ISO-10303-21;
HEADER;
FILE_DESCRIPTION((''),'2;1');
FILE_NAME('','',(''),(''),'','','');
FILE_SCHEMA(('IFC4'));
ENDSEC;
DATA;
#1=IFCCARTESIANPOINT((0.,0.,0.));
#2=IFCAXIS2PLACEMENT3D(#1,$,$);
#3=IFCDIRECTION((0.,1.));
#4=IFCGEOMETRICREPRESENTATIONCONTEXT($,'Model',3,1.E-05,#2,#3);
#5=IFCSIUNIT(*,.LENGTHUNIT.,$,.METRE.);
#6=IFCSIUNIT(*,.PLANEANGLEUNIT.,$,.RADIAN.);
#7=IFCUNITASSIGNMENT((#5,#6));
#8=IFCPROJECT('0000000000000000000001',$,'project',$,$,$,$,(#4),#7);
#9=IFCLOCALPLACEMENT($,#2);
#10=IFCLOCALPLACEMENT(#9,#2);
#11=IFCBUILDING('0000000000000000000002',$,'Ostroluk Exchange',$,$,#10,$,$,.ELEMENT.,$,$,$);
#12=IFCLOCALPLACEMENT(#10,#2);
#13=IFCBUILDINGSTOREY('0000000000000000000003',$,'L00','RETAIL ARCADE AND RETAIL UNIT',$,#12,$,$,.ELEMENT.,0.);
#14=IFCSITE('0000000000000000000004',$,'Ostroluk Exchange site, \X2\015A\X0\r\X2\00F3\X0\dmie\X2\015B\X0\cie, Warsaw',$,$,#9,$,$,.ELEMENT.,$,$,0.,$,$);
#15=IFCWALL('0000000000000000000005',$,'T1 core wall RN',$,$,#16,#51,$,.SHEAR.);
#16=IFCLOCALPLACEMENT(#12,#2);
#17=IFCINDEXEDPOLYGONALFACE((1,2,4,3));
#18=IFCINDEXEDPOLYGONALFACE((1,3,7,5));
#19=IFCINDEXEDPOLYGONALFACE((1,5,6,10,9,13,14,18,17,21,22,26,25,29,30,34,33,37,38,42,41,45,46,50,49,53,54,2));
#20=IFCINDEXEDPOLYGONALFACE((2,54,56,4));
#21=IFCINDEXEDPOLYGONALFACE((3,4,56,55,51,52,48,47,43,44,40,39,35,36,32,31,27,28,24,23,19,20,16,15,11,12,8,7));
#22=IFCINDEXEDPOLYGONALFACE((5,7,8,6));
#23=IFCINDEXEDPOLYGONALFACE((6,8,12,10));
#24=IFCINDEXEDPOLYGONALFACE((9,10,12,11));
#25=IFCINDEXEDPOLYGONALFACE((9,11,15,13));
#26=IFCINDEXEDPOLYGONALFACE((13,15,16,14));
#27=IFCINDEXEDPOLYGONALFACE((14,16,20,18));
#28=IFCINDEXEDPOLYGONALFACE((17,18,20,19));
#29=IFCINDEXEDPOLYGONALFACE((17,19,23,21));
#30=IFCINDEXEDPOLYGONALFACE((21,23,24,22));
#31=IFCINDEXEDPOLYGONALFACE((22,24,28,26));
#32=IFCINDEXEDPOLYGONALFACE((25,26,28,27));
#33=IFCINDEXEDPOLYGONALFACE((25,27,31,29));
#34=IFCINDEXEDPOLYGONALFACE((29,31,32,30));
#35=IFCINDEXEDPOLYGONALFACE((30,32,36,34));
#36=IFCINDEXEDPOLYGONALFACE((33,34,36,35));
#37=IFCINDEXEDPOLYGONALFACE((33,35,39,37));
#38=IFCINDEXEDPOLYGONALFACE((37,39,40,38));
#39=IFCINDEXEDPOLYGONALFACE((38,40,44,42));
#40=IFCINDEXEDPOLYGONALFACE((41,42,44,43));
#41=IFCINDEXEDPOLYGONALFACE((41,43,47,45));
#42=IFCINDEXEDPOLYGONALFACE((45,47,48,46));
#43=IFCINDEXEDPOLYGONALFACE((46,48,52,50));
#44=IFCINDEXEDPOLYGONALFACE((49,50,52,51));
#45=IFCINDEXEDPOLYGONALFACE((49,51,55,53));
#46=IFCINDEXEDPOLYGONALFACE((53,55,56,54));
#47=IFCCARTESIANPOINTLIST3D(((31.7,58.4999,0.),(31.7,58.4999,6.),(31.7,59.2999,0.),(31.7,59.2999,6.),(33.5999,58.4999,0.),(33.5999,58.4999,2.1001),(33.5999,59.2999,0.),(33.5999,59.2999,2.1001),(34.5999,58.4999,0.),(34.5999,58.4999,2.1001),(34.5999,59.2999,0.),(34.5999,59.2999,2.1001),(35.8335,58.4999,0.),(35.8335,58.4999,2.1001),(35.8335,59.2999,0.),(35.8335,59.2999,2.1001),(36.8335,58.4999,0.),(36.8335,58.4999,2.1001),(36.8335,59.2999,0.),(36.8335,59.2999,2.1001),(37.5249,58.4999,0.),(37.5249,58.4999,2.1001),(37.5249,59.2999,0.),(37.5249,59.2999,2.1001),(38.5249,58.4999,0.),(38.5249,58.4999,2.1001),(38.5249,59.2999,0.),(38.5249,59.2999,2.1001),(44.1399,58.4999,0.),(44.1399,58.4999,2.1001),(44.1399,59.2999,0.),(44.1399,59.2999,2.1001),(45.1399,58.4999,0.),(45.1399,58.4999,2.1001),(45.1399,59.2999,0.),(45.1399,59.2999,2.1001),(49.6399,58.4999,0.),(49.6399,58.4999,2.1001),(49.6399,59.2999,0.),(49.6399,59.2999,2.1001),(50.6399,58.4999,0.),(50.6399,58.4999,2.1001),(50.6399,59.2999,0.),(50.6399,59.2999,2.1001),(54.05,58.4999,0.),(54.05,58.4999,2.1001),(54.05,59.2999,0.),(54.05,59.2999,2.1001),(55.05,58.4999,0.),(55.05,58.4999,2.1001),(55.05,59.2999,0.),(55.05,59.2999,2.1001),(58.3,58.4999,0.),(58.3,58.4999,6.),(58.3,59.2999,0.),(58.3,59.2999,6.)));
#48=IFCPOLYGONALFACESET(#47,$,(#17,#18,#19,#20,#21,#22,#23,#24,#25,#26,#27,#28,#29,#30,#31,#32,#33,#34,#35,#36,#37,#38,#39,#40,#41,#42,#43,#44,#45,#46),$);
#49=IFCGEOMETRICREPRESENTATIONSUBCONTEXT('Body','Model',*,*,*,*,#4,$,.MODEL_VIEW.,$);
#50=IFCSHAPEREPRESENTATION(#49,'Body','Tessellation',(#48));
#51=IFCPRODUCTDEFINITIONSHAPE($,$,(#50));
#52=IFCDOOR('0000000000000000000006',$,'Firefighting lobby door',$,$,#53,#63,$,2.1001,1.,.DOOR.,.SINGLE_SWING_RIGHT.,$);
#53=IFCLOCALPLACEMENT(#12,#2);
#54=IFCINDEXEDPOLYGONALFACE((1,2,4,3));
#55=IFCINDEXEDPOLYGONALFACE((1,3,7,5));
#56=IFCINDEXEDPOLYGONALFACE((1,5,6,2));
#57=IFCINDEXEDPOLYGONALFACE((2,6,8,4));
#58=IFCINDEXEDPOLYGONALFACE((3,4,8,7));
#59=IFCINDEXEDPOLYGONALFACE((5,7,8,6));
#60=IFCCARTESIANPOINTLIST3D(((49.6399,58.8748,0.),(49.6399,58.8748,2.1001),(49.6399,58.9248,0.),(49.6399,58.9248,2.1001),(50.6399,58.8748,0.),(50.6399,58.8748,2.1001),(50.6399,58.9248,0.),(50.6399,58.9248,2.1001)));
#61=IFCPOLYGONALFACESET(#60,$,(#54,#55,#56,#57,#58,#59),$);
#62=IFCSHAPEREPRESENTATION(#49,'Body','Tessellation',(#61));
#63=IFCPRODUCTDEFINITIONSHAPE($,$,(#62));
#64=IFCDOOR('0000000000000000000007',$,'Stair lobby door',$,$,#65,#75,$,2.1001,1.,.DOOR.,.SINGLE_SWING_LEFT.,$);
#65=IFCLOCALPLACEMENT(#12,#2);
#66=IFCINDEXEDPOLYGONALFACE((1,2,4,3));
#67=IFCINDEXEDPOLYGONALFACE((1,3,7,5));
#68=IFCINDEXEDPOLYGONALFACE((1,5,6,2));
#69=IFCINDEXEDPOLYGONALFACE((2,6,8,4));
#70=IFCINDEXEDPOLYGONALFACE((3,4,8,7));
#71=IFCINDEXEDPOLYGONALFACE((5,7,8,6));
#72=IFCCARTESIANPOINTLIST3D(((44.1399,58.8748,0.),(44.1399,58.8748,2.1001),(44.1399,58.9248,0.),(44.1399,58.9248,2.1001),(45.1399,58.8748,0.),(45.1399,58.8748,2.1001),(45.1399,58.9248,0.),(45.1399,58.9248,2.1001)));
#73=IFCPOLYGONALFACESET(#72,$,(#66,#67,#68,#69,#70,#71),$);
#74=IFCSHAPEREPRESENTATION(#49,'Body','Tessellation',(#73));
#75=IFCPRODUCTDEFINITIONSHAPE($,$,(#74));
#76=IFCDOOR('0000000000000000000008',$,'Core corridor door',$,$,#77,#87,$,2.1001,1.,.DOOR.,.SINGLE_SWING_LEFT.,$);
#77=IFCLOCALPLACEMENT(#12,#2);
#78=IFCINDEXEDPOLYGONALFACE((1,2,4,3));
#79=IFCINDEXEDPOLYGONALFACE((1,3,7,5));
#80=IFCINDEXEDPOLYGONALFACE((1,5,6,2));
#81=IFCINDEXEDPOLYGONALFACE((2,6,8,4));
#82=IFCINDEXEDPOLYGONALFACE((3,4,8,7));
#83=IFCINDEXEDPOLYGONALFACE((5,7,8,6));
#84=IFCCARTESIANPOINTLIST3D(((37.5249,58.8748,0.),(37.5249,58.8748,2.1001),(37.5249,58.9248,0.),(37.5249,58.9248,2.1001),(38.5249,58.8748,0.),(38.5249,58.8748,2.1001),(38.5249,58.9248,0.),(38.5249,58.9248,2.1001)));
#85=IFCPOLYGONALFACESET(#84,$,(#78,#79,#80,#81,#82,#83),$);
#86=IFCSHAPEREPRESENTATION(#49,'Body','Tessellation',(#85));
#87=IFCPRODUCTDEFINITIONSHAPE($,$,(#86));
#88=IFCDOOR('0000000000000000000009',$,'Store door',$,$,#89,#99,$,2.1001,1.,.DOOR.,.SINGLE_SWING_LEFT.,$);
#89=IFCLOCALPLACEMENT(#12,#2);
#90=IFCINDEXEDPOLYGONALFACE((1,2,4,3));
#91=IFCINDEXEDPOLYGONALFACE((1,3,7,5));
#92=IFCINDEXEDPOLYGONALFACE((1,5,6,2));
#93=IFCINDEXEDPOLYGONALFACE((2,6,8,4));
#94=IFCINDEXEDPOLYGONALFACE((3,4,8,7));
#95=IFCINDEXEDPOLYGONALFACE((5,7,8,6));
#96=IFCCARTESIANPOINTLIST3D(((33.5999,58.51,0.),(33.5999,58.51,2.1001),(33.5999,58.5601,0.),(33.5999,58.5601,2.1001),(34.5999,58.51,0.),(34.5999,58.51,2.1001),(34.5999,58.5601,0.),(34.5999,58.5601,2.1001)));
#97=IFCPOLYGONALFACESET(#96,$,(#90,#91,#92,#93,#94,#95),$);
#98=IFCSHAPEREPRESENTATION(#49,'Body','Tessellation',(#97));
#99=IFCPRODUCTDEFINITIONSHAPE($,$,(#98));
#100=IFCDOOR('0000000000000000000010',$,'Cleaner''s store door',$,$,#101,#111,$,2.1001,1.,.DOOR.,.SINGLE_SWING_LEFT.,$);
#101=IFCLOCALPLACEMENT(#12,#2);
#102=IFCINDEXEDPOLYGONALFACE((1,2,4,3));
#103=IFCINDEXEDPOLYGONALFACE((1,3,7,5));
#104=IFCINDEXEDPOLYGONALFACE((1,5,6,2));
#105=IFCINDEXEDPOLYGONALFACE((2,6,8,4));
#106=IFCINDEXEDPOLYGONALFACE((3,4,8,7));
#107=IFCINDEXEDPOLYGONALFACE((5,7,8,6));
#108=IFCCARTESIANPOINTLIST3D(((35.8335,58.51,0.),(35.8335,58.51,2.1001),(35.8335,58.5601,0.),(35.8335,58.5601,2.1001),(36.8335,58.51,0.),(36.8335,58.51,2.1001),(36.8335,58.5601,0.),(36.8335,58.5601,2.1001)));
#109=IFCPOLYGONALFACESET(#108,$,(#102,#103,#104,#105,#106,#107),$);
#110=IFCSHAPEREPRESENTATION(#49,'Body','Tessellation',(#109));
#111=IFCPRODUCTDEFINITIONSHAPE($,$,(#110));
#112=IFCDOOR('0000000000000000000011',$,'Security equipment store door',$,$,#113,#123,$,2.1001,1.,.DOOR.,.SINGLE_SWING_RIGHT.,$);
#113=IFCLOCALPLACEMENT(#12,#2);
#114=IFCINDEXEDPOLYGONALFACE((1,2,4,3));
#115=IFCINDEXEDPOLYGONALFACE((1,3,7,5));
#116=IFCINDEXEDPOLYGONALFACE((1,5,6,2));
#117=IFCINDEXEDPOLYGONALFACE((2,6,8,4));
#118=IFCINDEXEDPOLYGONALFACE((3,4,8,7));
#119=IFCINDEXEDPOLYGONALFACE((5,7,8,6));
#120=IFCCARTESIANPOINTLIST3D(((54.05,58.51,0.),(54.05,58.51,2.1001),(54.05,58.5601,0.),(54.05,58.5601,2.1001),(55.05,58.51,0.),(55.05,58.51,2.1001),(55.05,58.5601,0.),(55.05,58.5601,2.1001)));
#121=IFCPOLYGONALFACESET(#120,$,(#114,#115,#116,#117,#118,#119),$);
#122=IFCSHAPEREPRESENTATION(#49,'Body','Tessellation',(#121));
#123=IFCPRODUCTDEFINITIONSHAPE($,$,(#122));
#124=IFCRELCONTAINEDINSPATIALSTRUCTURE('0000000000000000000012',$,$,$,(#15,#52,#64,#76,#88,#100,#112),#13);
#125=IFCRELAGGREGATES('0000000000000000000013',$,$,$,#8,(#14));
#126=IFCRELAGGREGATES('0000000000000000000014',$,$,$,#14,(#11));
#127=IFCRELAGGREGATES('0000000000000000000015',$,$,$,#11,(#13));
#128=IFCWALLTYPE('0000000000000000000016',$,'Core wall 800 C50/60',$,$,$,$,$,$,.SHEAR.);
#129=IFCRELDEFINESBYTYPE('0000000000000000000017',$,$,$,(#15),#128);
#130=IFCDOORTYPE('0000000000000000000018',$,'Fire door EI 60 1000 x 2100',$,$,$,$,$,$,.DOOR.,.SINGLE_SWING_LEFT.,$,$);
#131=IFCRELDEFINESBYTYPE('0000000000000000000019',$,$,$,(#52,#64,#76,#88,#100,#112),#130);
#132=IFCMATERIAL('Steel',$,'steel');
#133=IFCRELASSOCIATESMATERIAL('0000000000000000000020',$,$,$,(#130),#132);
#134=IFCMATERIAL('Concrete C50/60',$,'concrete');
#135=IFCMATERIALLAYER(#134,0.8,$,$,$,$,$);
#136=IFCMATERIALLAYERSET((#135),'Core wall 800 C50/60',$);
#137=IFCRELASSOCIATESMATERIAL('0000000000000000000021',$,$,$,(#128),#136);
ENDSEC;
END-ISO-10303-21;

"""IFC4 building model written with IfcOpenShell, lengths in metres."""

from ifc_helpers import new_model, si_unit, direction, frame, frame_2d, origin, place, context, subcontext, project, spatial, rectangle, extrude, material, layer, layer_set, type_object, element, fill, save


model = new_model("IFC4")

# Units and contexts
model_context = context("Model", 3, precision=1e-05, world=origin(), true_north=direction((0.0, 1.0)))
body_context = subcontext(model_context, "Body", "Model", "MODEL_VIEW")
ifc_project = project(units=[si_unit("LENGTHUNIT", "METRE"), si_unit("PLANEANGLEUNIT", "RADIAN")], contexts=[model_context])

# Site, building, storey
site_placement = place(None, origin())
site = spatial("IfcSite", under=ifc_project, at=site_placement, Name="Ostroluk Exchange site, Śródmieście, Warsaw", CompositionType="ELEMENT", RefElevation=0.0)
building_placement = place(site_placement, origin())
building = spatial("IfcBuilding", under=site, at=building_placement, Name="Ostroluk Exchange", CompositionType="ELEMENT")
storey_placement = place(building_placement, origin())
storey = spatial("IfcBuildingStorey", under=building, at=storey_placement, Name="L00", Description="RETAIL ARCADE AND RETAIL UNIT", CompositionType="ELEMENT", Elevation=0.0)

# Wall, openings, doors
ifc_material_1 = material(Name="Steel", Category="steel")
door_type = type_object("IfcDoorType", Name="Fire door EI 60 1000 x 2100", OperationType="SINGLE_SWING_LEFT", PredefinedType="DOOR", material=ifc_material_1)
ifc_material_2 = material(Name="Concrete C50/60", Category="concrete")
ifc_layer_1 = layer(ifc_material_2, 0.8)
ifc_layer_set_1 = layer_set([ifc_layer_1], Name="Core wall 800 C50/60")
wall_type_1 = type_object("IfcWallType", Name="Core wall 800 C50/60", PredefinedType="SHEAR", material=ifc_layer_set_1)
wall_1_placement = place(storey_placement, frame((31.7, 58.8999, 0.0), z_axis=(0.0, 0.0, 1.0), x_axis=(1.0, 0.0, 0.0)))
wall_1 = element("IfcWall", 1, at=wall_1_placement, inside=storey, type_object=wall_type_1, Name="T1 core wall RN", PredefinedType="SHEAR", context=body_context, shape_type="SweptSolid", body=[
    extrude(rectangle(XDim=26.6001, YDim=0.8, at=frame_2d((13.3, 0.0))), origin(), (0.0, 0.0, 1.0), 6.0),
])
opening_1_placement = place(wall_1_placement, frame((17.9399, 0.0, 0.0)))
opening_1 = element("IfcOpeningElement", 2, at=opening_1_placement, cuts=wall_1, PredefinedType="OPENING", context=body_context, shape_type="SweptSolid", body=[
    extrude(rectangle(XDim=1.0, YDim=2.1001, at=frame_2d((0.5, 1.05))), frame((0.0, 0.4099, 0.0), z_axis=(0.0, -1.0, 0.0), x_axis=(1.0, 0.0, 0.0)), (0.0, 0.0, 1.0), 0.8201),
])
opening_2_placement = place(wall_1_placement, frame((12.4399, 0.0, 0.0)))
opening_2 = element("IfcOpeningElement", 3, at=opening_2_placement, cuts=wall_1, PredefinedType="OPENING", context=body_context, shape_type="SweptSolid", body=[
    extrude(rectangle(XDim=1.0, YDim=2.1001, at=frame_2d((0.5, 1.05))), frame((0.0, 0.4099, 0.0), z_axis=(0.0, -1.0, 0.0), x_axis=(1.0, 0.0, 0.0)), (0.0, 0.0, 1.0), 0.8201),
])
opening_3_placement = place(wall_1_placement, frame((5.825, 0.0, 0.0)))
opening_3 = element("IfcOpeningElement", 4, at=opening_3_placement, cuts=wall_1, PredefinedType="OPENING", context=body_context, shape_type="SweptSolid", body=[
    extrude(rectangle(XDim=1.0, YDim=2.1001, at=frame_2d((0.5, 1.05))), frame((0.0, 0.4099, 0.0), z_axis=(0.0, -1.0, 0.0), x_axis=(1.0, 0.0, 0.0)), (0.0, 0.0, 1.0), 0.8201),
])
opening_4_placement = place(wall_1_placement, frame((1.8999, 0.0, 0.0)))
opening_4 = element("IfcOpeningElement", 5, at=opening_4_placement, cuts=wall_1, PredefinedType="OPENING", context=body_context, shape_type="SweptSolid", body=[
    extrude(rectangle(XDim=1.0, YDim=2.1001, at=frame_2d((0.5, 1.05))), frame((0.0, 0.4099, 0.0), z_axis=(0.0, -1.0, 0.0), x_axis=(1.0, 0.0, 0.0)), (0.0, 0.0, 1.0), 0.8201),
])
opening_5_placement = place(wall_1_placement, frame((4.1335, 0.0, 0.0)))
opening_5 = element("IfcOpeningElement", 6, at=opening_5_placement, cuts=wall_1, PredefinedType="OPENING", context=body_context, shape_type="SweptSolid", body=[
    extrude(rectangle(XDim=1.0, YDim=2.1001, at=frame_2d((0.5, 1.05))), frame((0.0, 0.4099, 0.0), z_axis=(0.0, -1.0, 0.0), x_axis=(1.0, 0.0, 0.0)), (0.0, 0.0, 1.0), 0.8201),
])
opening_6_placement = place(wall_1_placement, frame((22.3501, 0.0, 0.0)))
opening_6 = element("IfcOpeningElement", 7, at=opening_6_placement, cuts=wall_1, PredefinedType="OPENING", context=body_context, shape_type="SweptSolid", body=[
    extrude(rectangle(XDim=1.0, YDim=2.1001, at=frame_2d((0.5, 1.05))), frame((0.0, 0.4099, 0.0), z_axis=(0.0, -1.0, 0.0), x_axis=(1.0, 0.0, 0.0)), (0.0, 0.0, 1.0), 0.8201),
])
door_1_placement = place(opening_1_placement, origin())
door_1 = element("IfcDoor", 8, at=door_1_placement, inside=storey, type_object=door_type, Name="Firefighting lobby door", OperationType="SINGLE_SWING_RIGHT", OverallHeight=2.1001, OverallWidth=1.0, PredefinedType="DOOR", context=body_context, shape_type="SweptSolid", body=[
    extrude(rectangle(XDim=1.0, YDim=2.1001, at=frame_2d((0.5, 1.05))), frame((0.0, 0.0249, 0.0), z_axis=(0.0, -1.0, 0.0), x_axis=(1.0, 0.0, 0.0)), (0.0, 0.0, 1.0), 0.05),
])
fill(opening_1, door_1)
door_2_placement = place(opening_2_placement, origin())
door_2 = element("IfcDoor", 9, at=door_2_placement, inside=storey, type_object=door_type, Name="Stair lobby door", OperationType="SINGLE_SWING_LEFT", OverallHeight=2.1001, OverallWidth=1.0, PredefinedType="DOOR", context=body_context, shape_type="SweptSolid", body=[
    extrude(rectangle(XDim=1.0, YDim=2.1001, at=frame_2d((0.5, 1.05))), frame((0.0, 0.0249, 0.0), z_axis=(0.0, -1.0, 0.0), x_axis=(1.0, 0.0, 0.0)), (0.0, 0.0, 1.0), 0.05),
])
fill(opening_2, door_2)
door_3_placement = place(opening_3_placement, origin())
door_3 = element("IfcDoor", 10, at=door_3_placement, inside=storey, type_object=door_type, Name="Core corridor door", OperationType="SINGLE_SWING_LEFT", OverallHeight=2.1001, OverallWidth=1.0, PredefinedType="DOOR", context=body_context, shape_type="SweptSolid", body=[
    extrude(rectangle(XDim=1.0, YDim=2.1001, at=frame_2d((0.5, 1.05))), frame((0.0, 0.0249, 0.0), z_axis=(0.0, -1.0, 0.0), x_axis=(1.0, 0.0, 0.0)), (0.0, 0.0, 1.0), 0.05),
])
fill(opening_3, door_3)
door_4_placement = place(opening_4_placement, origin())
door_4 = element("IfcDoor", 11, at=door_4_placement, inside=storey, type_object=door_type, Name="Store door", OperationType="SINGLE_SWING_LEFT", OverallHeight=2.1001, OverallWidth=1.0, PredefinedType="DOOR", context=body_context, shape_type="SweptSolid", body=[
    extrude(rectangle(XDim=1.0, YDim=2.1001, at=frame_2d((0.5, 1.05))), frame((0.0, -0.3398, 0.0), z_axis=(0.0, -1.0, 0.0), x_axis=(1.0, 0.0, 0.0)), (0.0, 0.0, 1.0), 0.05),
])
fill(opening_4, door_4)
door_5_placement = place(opening_5_placement, origin())
door_5 = element("IfcDoor", 12, at=door_5_placement, inside=storey, type_object=door_type, Name="Cleaner's store door", OperationType="SINGLE_SWING_LEFT", OverallHeight=2.1001, OverallWidth=1.0, PredefinedType="DOOR", context=body_context, shape_type="SweptSolid", body=[
    extrude(rectangle(XDim=1.0, YDim=2.1001, at=frame_2d((0.5, 1.05))), frame((0.0, -0.3398, 0.0), z_axis=(0.0, -1.0, 0.0), x_axis=(1.0, 0.0, 0.0)), (0.0, 0.0, 1.0), 0.05),
])
fill(opening_5, door_5)
door_6_placement = place(opening_6_placement, origin())
door_6 = element("IfcDoor", 13, at=door_6_placement, inside=storey, type_object=door_type, Name="Security equipment store door", OperationType="SINGLE_SWING_RIGHT", OverallHeight=2.1001, OverallWidth=1.0, PredefinedType="DOOR", context=body_context, shape_type="SweptSolid", body=[
    extrude(rectangle(XDim=1.0, YDim=2.1001, at=frame_2d((0.5, 1.05))), frame((0.0, -0.3398, 0.0), z_axis=(0.0, -1.0, 0.0), x_axis=(1.0, 0.0, 0.0)), (0.0, 0.0, 1.0), 0.05),
])
fill(opening_6, door_6)

save(model, "model.ifc")
